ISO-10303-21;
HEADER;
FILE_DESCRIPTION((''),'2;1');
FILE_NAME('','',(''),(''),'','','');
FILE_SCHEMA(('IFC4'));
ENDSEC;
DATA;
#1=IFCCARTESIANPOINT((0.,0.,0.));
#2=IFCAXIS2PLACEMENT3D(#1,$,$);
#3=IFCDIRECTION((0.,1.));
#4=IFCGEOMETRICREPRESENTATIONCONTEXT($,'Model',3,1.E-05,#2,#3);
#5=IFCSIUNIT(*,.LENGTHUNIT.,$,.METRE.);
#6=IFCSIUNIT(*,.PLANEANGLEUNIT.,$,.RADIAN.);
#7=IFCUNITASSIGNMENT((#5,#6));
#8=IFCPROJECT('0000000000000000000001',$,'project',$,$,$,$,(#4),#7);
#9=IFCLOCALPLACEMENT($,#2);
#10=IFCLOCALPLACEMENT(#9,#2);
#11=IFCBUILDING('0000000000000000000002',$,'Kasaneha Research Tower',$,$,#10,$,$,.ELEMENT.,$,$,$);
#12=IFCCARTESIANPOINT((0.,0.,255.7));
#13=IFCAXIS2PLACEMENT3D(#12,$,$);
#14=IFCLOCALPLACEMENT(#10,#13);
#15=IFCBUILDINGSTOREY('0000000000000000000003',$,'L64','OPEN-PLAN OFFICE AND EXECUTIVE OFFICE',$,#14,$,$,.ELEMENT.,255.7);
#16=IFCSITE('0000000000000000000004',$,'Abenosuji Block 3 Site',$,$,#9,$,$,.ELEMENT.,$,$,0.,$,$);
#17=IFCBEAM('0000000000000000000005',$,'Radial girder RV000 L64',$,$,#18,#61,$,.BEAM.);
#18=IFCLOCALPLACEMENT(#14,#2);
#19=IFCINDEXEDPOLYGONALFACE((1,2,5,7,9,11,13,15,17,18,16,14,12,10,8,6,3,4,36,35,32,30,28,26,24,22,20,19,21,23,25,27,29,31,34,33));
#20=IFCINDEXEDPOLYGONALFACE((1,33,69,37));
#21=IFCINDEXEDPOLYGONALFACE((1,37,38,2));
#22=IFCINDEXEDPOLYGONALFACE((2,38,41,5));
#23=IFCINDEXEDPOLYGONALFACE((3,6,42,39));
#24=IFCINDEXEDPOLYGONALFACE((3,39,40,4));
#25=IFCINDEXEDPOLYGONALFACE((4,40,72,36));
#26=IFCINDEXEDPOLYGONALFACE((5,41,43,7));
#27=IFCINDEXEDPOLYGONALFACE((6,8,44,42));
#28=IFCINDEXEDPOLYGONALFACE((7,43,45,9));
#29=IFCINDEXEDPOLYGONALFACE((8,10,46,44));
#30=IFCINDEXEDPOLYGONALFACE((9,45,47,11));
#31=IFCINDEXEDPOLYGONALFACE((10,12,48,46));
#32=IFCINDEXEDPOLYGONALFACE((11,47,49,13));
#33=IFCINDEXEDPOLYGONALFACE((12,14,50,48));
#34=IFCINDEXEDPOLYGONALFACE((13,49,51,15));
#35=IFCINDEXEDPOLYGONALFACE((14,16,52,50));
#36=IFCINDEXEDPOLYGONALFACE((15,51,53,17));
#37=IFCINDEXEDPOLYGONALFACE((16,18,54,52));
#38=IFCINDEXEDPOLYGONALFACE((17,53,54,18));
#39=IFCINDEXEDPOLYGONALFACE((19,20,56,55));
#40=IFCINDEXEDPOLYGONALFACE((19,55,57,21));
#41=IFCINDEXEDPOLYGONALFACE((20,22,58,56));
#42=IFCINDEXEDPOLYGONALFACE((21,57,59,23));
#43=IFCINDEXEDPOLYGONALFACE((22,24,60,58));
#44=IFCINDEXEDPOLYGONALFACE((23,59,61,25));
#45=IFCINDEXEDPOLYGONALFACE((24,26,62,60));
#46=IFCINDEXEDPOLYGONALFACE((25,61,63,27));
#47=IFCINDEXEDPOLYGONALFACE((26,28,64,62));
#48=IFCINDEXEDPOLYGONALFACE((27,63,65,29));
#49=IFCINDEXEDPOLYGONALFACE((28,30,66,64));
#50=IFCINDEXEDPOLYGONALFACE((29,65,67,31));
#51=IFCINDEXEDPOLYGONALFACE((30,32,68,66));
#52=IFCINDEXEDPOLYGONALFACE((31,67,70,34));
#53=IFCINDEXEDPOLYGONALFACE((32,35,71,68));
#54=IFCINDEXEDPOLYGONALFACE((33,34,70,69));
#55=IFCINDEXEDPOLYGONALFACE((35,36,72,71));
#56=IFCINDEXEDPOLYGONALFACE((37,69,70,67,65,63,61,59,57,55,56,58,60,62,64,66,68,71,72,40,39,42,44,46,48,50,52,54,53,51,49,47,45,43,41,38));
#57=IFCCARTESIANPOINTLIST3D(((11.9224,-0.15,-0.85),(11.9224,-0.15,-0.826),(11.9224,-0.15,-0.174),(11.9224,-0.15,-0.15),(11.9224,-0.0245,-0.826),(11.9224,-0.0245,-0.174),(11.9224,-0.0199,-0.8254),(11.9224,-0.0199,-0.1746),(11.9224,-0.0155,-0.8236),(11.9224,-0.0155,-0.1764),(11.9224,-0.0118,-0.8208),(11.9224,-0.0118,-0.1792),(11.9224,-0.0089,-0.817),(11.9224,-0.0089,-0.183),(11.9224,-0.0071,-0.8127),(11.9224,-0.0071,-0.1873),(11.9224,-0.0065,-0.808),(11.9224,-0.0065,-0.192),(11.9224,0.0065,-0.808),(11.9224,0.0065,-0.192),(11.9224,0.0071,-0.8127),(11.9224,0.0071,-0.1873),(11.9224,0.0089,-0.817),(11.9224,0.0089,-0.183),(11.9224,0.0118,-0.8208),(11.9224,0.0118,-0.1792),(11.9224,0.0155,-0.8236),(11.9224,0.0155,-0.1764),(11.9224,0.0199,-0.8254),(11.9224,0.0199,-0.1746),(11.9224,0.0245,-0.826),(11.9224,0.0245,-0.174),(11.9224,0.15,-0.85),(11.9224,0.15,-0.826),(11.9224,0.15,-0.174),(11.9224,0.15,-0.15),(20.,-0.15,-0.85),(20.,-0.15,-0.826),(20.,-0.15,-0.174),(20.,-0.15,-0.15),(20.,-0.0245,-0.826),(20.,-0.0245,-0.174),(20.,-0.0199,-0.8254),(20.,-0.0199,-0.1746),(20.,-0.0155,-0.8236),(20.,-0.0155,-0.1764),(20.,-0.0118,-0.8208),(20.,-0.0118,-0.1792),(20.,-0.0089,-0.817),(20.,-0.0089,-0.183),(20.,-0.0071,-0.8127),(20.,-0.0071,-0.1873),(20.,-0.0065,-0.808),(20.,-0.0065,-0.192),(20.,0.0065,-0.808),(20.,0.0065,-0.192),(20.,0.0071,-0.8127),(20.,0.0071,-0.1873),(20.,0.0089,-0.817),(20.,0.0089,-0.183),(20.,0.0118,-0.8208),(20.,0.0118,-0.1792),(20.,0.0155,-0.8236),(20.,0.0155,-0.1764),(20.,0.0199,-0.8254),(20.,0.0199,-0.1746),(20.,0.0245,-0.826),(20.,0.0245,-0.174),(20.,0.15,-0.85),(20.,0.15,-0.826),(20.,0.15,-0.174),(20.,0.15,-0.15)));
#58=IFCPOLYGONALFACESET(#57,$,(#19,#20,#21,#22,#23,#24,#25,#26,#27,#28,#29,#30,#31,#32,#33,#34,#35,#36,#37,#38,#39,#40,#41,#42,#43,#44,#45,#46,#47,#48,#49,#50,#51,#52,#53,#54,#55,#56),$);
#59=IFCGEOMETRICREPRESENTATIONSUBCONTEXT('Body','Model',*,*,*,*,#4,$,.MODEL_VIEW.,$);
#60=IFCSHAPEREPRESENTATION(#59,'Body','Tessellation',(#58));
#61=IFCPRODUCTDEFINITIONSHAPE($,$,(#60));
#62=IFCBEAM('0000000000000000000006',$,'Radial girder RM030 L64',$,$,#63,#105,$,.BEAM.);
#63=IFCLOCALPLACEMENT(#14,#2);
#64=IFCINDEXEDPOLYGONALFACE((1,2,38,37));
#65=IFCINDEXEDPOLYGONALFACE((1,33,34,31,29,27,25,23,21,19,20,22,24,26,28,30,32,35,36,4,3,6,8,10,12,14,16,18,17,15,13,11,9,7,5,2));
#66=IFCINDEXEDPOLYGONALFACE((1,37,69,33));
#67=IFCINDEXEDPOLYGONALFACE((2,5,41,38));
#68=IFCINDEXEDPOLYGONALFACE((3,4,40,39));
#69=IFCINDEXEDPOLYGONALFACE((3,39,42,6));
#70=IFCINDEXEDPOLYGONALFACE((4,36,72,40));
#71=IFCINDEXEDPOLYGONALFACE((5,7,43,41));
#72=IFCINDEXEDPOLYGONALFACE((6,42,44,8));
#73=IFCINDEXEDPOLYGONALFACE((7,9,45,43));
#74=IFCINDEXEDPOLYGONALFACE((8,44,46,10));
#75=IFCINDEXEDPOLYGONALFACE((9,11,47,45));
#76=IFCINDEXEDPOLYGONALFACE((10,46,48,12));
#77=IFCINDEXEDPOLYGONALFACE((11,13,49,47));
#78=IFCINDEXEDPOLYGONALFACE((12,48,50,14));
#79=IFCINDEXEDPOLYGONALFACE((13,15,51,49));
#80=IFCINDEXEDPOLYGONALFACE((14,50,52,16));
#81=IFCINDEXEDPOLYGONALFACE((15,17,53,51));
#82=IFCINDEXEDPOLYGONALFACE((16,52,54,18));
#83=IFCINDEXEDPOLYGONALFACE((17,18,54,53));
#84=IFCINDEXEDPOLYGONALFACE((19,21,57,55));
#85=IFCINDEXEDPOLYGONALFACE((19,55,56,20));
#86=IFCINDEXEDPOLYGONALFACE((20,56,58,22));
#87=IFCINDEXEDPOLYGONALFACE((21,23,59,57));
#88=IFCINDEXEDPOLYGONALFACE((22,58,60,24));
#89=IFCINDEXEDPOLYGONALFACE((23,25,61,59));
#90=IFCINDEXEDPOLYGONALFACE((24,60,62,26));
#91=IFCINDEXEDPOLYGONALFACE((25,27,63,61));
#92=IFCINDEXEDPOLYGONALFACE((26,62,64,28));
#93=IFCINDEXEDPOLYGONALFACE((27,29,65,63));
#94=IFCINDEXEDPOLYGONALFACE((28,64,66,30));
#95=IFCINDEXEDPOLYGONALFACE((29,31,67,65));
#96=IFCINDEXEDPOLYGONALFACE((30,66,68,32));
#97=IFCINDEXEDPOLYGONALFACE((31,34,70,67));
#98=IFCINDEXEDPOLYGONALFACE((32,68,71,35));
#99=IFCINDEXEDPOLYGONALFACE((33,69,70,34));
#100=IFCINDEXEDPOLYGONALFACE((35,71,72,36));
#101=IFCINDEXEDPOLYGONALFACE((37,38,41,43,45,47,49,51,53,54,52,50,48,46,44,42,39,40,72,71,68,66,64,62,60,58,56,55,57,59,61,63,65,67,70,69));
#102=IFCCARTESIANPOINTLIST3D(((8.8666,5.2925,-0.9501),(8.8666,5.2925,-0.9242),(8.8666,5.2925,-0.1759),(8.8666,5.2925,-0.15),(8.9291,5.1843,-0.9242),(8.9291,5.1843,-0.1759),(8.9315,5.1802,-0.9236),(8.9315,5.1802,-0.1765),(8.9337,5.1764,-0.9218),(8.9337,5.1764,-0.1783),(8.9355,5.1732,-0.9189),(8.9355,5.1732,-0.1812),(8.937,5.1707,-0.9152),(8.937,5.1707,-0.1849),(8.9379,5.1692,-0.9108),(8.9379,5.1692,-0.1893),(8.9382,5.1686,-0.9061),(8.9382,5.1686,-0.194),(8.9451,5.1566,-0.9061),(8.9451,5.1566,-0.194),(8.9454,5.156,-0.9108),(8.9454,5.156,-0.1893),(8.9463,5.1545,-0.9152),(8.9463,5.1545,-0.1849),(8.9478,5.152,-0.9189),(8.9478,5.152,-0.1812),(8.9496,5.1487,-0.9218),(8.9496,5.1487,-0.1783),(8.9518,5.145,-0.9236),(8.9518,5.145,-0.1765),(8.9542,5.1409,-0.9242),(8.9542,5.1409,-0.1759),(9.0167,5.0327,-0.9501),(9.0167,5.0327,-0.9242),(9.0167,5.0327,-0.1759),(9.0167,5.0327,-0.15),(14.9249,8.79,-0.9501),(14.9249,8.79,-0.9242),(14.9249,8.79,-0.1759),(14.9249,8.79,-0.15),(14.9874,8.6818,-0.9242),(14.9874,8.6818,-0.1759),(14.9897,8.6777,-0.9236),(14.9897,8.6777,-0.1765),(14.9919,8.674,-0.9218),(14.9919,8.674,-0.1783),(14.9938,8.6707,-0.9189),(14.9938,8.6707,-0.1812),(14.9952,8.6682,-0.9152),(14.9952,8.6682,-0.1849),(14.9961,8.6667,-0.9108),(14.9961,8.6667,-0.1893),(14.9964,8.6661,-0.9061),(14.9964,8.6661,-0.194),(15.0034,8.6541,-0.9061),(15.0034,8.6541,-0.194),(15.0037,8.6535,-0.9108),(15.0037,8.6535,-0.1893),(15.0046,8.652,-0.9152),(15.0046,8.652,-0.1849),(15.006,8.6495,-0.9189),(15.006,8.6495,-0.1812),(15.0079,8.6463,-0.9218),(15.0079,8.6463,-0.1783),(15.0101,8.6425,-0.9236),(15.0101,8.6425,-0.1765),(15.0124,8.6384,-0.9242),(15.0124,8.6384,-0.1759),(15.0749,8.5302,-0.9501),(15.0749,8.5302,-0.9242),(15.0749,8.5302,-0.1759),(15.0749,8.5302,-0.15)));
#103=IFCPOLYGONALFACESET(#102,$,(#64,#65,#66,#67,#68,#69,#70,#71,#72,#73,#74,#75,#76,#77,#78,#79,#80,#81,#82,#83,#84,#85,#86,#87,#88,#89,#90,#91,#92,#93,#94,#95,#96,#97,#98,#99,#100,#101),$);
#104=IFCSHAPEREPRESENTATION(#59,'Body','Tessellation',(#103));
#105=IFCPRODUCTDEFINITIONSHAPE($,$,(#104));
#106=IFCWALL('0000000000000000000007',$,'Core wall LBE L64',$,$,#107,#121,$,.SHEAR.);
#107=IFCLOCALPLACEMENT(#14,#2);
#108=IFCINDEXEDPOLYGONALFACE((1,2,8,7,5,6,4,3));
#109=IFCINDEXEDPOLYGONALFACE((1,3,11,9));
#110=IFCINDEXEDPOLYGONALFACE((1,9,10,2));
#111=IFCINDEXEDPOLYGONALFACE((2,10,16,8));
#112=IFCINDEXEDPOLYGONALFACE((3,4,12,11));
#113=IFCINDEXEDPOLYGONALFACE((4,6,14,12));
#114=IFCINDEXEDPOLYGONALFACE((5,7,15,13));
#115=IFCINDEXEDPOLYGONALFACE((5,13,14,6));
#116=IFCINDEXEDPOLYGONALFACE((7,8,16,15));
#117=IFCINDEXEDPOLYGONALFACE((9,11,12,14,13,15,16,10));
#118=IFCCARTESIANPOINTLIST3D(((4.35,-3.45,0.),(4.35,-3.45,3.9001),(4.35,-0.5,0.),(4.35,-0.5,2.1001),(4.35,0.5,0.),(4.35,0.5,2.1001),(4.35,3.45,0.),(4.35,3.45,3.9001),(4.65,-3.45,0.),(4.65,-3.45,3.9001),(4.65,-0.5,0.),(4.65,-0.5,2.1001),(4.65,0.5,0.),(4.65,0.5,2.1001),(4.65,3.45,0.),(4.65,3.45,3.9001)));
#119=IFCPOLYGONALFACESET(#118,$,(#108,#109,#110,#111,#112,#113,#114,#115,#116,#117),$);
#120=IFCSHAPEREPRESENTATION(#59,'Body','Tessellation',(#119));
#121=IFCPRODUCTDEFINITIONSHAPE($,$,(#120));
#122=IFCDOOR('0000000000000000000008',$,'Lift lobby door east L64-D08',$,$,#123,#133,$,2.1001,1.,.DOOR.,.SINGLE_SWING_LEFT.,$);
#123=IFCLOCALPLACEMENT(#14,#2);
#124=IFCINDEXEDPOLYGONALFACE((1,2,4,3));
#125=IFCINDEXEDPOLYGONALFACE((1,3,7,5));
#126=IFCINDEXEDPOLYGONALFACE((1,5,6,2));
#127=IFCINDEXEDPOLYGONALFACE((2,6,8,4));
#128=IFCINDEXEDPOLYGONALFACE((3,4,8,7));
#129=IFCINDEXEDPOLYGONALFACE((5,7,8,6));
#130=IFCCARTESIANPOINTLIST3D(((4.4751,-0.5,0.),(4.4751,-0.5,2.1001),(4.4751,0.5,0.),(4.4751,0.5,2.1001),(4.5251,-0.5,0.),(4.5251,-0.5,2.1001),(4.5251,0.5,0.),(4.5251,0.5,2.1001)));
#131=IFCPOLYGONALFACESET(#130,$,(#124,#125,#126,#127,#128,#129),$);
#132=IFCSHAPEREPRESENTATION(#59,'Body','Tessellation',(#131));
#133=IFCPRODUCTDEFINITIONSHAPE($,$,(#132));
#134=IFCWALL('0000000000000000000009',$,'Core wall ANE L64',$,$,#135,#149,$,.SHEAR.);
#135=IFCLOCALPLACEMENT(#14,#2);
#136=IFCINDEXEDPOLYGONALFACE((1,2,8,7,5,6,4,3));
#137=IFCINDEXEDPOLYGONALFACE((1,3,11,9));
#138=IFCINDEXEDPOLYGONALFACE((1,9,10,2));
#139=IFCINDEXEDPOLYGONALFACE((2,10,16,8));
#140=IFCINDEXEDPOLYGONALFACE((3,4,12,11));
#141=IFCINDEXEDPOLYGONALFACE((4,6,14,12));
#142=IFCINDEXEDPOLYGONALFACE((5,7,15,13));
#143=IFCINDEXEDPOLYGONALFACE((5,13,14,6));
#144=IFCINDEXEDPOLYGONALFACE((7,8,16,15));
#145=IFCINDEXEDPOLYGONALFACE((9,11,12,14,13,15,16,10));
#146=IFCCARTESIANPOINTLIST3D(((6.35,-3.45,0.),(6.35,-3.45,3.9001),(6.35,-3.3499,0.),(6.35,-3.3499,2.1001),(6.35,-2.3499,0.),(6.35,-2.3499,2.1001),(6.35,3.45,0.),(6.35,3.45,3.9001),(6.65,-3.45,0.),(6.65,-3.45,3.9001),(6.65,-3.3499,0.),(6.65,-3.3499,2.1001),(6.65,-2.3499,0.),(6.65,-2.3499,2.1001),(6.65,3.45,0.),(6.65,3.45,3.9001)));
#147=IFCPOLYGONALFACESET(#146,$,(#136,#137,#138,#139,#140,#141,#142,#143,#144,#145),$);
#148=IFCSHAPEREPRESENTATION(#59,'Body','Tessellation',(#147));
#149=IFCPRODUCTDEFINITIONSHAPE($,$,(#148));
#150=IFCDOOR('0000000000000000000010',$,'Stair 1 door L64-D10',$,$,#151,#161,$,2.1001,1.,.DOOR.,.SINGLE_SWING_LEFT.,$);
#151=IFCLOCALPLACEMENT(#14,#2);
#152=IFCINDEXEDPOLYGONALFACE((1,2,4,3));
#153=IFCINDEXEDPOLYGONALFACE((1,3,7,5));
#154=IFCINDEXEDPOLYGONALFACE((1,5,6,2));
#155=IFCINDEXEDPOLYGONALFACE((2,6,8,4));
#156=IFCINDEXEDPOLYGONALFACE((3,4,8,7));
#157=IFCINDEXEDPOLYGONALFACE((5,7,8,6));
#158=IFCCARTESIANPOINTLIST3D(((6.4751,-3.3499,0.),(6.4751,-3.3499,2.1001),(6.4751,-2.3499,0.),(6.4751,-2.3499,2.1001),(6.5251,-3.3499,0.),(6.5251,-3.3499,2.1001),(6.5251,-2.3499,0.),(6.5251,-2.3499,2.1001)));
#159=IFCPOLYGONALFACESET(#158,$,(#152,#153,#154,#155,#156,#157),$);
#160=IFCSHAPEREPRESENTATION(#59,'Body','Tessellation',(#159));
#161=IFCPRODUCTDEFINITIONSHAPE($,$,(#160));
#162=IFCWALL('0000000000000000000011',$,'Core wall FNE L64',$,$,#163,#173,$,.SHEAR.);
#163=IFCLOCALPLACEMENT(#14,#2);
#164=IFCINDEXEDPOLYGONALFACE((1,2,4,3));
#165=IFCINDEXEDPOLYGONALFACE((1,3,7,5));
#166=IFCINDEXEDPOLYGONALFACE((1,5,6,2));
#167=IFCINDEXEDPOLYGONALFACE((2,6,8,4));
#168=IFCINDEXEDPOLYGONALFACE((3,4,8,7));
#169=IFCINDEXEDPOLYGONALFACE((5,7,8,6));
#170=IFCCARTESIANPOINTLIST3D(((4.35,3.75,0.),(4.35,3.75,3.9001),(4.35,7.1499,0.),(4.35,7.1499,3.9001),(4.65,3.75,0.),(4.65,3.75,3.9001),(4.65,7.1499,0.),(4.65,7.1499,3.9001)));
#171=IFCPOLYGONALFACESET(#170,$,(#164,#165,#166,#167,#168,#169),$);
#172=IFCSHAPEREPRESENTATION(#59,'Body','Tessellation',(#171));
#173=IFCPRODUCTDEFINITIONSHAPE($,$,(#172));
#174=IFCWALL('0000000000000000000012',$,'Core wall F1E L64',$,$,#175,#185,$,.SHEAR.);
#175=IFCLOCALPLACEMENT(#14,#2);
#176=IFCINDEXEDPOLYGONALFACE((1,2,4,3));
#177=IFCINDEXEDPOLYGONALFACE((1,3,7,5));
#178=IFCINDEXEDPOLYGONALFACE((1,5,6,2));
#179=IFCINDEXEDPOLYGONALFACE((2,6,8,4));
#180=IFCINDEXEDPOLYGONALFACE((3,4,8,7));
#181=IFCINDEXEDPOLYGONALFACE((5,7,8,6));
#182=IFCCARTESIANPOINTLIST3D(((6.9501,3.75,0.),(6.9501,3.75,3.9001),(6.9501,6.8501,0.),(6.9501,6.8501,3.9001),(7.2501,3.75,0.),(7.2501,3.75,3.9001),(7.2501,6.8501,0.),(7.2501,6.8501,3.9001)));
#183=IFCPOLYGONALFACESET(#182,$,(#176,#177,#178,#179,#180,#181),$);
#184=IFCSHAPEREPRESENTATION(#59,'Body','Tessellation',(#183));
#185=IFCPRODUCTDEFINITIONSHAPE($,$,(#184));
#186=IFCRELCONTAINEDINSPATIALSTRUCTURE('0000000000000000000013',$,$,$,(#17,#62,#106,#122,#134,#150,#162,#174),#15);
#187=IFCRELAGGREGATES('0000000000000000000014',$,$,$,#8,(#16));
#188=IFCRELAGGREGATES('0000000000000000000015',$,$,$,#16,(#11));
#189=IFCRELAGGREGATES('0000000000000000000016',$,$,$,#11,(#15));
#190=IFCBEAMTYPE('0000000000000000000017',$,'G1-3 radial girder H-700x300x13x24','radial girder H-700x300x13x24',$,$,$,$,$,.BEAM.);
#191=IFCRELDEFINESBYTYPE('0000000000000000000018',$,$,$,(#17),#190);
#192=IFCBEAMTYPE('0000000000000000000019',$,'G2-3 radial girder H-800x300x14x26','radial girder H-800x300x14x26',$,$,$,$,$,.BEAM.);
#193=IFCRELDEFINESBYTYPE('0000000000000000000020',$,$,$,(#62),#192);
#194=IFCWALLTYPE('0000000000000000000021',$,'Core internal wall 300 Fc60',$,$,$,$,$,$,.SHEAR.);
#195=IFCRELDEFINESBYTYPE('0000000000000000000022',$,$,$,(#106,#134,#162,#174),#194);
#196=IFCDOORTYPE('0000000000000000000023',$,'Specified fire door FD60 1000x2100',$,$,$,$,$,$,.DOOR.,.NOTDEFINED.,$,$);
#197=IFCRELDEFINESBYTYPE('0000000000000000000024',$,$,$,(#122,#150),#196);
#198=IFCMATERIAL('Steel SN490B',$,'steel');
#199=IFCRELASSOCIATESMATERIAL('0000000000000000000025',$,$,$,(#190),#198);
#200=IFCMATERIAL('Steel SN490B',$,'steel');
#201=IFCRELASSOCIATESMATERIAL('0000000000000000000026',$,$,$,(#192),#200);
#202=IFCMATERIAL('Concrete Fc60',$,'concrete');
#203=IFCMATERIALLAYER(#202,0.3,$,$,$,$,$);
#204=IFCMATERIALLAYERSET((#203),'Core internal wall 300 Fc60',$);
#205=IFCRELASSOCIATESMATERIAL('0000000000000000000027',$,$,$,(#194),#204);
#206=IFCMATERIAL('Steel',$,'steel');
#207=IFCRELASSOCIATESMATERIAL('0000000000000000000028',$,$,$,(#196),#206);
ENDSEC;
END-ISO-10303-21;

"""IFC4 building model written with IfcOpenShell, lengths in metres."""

from ifc_helpers import new_model, si_unit, direction, frame, frame_2d, origin, origin_2d, place, context, subcontext, project, spatial, rectangle, i_section, extrude, material, layer, layer_set, material_profile, profile_set, type_object, element, fill, save


model = new_model("IFC4")

# Units and contexts
model_context = context("Model", 3, precision=1e-05, world=origin(), true_north=direction((0.0, 1.0)))
body_context = subcontext(model_context, "Body", "Model", "MODEL_VIEW")
ifc_project = project(units=[si_unit("LENGTHUNIT", "METRE"), si_unit("PLANEANGLEUNIT", "RADIAN")], contexts=[model_context])

# Site, building, storey
site_placement = place(None, origin())
site = spatial("IfcSite", under=ifc_project, at=site_placement, Name="Abenosuji Block 3 Site", CompositionType="ELEMENT", RefElevation=0.0)
building_placement = place(site_placement, origin())
building = spatial("IfcBuilding", under=site, at=building_placement, Name="Kasaneha Research Tower", CompositionType="ELEMENT")
storey_placement = place(building_placement, frame((0.0, 0.0, 255.7)))
storey = spatial("IfcBuildingStorey", under=building, at=storey_placement, Name="L64", Description="OPEN-PLAN OFFICE AND EXECUTIVE OFFICE", CompositionType="ELEMENT", Elevation=255.7)

# Beams
ifc_material_1 = material(Name="Steel SN490B", Category="steel")
ifc_material_profile_1 = material_profile(ifc_material_1, i_section(OverallWidth=0.3, OverallDepth=0.7, WebThickness=0.0129, FlangeThickness=0.0239, FilletRadius=0.0181, at=origin_2d()), Name="H-700x300x13x24")
ifc_profile_set_1 = profile_set([ifc_material_profile_1], Name="Steel SN490B")
beam_type_1 = type_object("IfcBeamType", Name="G1-3 radial girder H-700x300x13x24", Description="radial girder H-700x300x13x24", PredefinedType="BEAM", material=ifc_profile_set_1)
beam_1_placement = place(storey_placement, frame((11.9224, 0.0, -0.5), z_axis=(1.0, 0.0, 0.0), x_axis=(0.0, 1.0, 0.0)))
element("IfcBeam", 1, at=beam_1_placement, inside=storey, type_object=beam_type_1, Name="Radial girder RV000 L64", PredefinedType="BEAM", context=body_context, shape_type="SweptSolid", body=[
    extrude(i_section(OverallWidth=0.3, OverallDepth=0.7, WebThickness=0.0129, FlangeThickness=0.0239, FilletRadius=0.0181, at=origin_2d()), origin(), (0.0, 0.0, 1.0), 8.0776),
])
ifc_material_2 = material(Name="Steel SN490B", Category="steel")
ifc_material_profile_2 = material_profile(ifc_material_2, i_section(OverallWidth=0.3, OverallDepth=0.8, WebThickness=0.0139, FlangeThickness=0.0259, FilletRadius=0.0181, at=origin_2d()), Name="H-800x300x14x26")
ifc_profile_set_2 = profile_set([ifc_material_profile_2], Name="Steel SN490B")
beam_type_2 = type_object("IfcBeamType", Name="G2-3 radial girder H-800x300x14x26", Description="radial girder H-800x300x14x26", PredefinedType="BEAM", material=ifc_profile_set_2)
beam_2_placement = place(storey_placement, frame((8.9417, 5.1626, -0.55), z_axis=(0.86604, 0.499975, 0.0), x_axis=(-0.499975, 0.86604, 0.0)))
element("IfcBeam", 2, at=beam_2_placement, inside=storey, type_object=beam_type_2, Name="Radial girder RM030 L64", PredefinedType="BEAM", context=body_context, shape_type="SweptSolid", body=[
    extrude(i_section(OverallWidth=0.3, OverallDepth=0.8, WebThickness=0.0139, FlangeThickness=0.0259, FilletRadius=0.0181, at=origin_2d()), origin(), (0.0, 0.0, 1.0), 6.9954),
])

# Walls, openings, doors
ifc_material_3 = material(Name="Concrete Fc60", Category="concrete")
ifc_layer_1 = layer(ifc_material_3, 0.3)
ifc_layer_set_1 = layer_set([ifc_layer_1], Name="Core internal wall 300 Fc60")
wall_type_1 = type_object("IfcWallType", Name="Core internal wall 300 Fc60", PredefinedType="SHEAR", material=ifc_layer_set_1)
wall_1_placement = place(storey_placement, frame((4.5, -3.45, 0.0), z_axis=(0.0, 0.0, 1.0), x_axis=(0.0, 1.0, 0.0)))
wall_1 = element("IfcWall", 3, at=wall_1_placement, inside=storey, type_object=wall_type_1, Name="Core wall LBE L64", PredefinedType="SHEAR", context=body_context, shape_type="SweptSolid", body=[
    extrude(rectangle(XDim=6.8999, YDim=0.3, at=frame_2d((3.45, 0.0))), origin(), (0.0, 0.0, 1.0), 3.9001),
])
opening_1_placement = place(wall_1_placement, frame((2.95, 0.0, 0.0)))
opening_1 = element("IfcOpeningElement", 4, at=opening_1_placement, cuts=wall_1, PredefinedType="OPENING", context=body_context, shape_type="SweptSolid", body=[
    extrude(rectangle(XDim=1.0, YDim=2.1001, at=frame_2d((0.5, 1.05))), frame((0.0, 0.1602, 0.0), z_axis=(0.0, -1.0, 0.0), x_axis=(1.0, 0.0, 0.0)), (0.0, 0.0, 1.0), 0.3201),
])
ifc_material_4 = material(Name="Steel", Category="steel")
door_type_1 = type_object("IfcDoorType", Name="Specified fire door FD60 1000x2100", OperationType="NOTDEFINED", PredefinedType="DOOR", material=ifc_material_4)
door_1_placement = place(opening_1_placement, origin())
door_1 = element("IfcDoor", 5, at=door_1_placement, inside=storey, type_object=door_type_1, Name="Lift lobby door east L64-D08", OperationType="SINGLE_SWING_LEFT", OverallHeight=2.1001, OverallWidth=1.0, PredefinedType="DOOR", context=body_context, shape_type="SweptSolid", body=[
    extrude(rectangle(XDim=1.0, YDim=2.1001, at=frame_2d((0.5, 1.05))), frame((0.0, 0.0249, 0.0), z_axis=(0.0, -1.0, 0.0), x_axis=(1.0, 0.0, 0.0)), (0.0, 0.0, 1.0), 0.05),
])
fill(opening_1, door_1)
wall_2_placement = place(storey_placement, frame((6.5, -3.45, 0.0), z_axis=(0.0, 0.0, 1.0), x_axis=(0.0, 1.0, 0.0)))
wall_2 = element("IfcWall", 6, at=wall_2_placement, inside=storey, type_object=wall_type_1, Name="Core wall ANE L64", PredefinedType="SHEAR", context=body_context, shape_type="SweptSolid", body=[
    extrude(rectangle(XDim=6.8999, YDim=0.3, at=frame_2d((3.45, 0.0))), origin(), (0.0, 0.0, 1.0), 3.9001),
])
opening_2_placement = place(wall_2_placement, frame((0.1001, 0.0, 0.0)))
opening_2 = element("IfcOpeningElement", 7, at=opening_2_placement, cuts=wall_2, PredefinedType="OPENING", context=body_context, shape_type="SweptSolid", body=[
    extrude(rectangle(XDim=1.0, YDim=2.1001, at=frame_2d((0.5, 1.05))), frame((0.0, 0.1602, 0.0), z_axis=(0.0, -1.0, 0.0), x_axis=(1.0, 0.0, 0.0)), (0.0, 0.0, 1.0), 0.3201),
])
door_2_placement = place(opening_2_placement, origin())
door_2 = element("IfcDoor", 8, at=door_2_placement, inside=storey, type_object=door_type_1, Name="Stair 1 door L64-D10", OperationType="SINGLE_SWING_LEFT", OverallHeight=2.1001, OverallWidth=1.0, PredefinedType="DOOR", context=body_context, shape_type="SweptSolid", body=[
    extrude(rectangle(XDim=1.0, YDim=2.1001, at=frame_2d((0.5, 1.05))), frame((0.0, 0.0249, 0.0), z_axis=(0.0, -1.0, 0.0), x_axis=(1.0, 0.0, 0.0)), (0.0, 0.0, 1.0), 0.05),
])
fill(opening_2, door_2)

# Walls
wall_3_placement = place(storey_placement, frame((4.5, 3.75, 0.0), z_axis=(0.0, 0.0, 1.0), x_axis=(0.0, 1.0, 0.0)))
element("IfcWall", 9, at=wall_3_placement, inside=storey, type_object=wall_type_1, Name="Core wall FNE L64", PredefinedType="SHEAR", context=body_context, shape_type="SweptSolid", body=[
    extrude(rectangle(XDim=3.3999, YDim=0.3, at=frame_2d((1.7, 0.0))), origin(), (0.0, 0.0, 1.0), 3.9001),
])
wall_4_placement = place(storey_placement, frame((7.1001, 3.75, 0.0), z_axis=(0.0, 0.0, 1.0), x_axis=(0.0, 1.0, 0.0)))
element("IfcWall", 10, at=wall_4_placement, inside=storey, type_object=wall_type_1, Name="Core wall F1E L64", PredefinedType="SHEAR", context=body_context, shape_type="SweptSolid", body=[
    extrude(rectangle(XDim=3.1001, YDim=0.3, at=frame_2d((1.55, 0.0))), origin(), (0.0, 0.0, 1.0), 3.9001),
])

save(model, "model.ifc")
